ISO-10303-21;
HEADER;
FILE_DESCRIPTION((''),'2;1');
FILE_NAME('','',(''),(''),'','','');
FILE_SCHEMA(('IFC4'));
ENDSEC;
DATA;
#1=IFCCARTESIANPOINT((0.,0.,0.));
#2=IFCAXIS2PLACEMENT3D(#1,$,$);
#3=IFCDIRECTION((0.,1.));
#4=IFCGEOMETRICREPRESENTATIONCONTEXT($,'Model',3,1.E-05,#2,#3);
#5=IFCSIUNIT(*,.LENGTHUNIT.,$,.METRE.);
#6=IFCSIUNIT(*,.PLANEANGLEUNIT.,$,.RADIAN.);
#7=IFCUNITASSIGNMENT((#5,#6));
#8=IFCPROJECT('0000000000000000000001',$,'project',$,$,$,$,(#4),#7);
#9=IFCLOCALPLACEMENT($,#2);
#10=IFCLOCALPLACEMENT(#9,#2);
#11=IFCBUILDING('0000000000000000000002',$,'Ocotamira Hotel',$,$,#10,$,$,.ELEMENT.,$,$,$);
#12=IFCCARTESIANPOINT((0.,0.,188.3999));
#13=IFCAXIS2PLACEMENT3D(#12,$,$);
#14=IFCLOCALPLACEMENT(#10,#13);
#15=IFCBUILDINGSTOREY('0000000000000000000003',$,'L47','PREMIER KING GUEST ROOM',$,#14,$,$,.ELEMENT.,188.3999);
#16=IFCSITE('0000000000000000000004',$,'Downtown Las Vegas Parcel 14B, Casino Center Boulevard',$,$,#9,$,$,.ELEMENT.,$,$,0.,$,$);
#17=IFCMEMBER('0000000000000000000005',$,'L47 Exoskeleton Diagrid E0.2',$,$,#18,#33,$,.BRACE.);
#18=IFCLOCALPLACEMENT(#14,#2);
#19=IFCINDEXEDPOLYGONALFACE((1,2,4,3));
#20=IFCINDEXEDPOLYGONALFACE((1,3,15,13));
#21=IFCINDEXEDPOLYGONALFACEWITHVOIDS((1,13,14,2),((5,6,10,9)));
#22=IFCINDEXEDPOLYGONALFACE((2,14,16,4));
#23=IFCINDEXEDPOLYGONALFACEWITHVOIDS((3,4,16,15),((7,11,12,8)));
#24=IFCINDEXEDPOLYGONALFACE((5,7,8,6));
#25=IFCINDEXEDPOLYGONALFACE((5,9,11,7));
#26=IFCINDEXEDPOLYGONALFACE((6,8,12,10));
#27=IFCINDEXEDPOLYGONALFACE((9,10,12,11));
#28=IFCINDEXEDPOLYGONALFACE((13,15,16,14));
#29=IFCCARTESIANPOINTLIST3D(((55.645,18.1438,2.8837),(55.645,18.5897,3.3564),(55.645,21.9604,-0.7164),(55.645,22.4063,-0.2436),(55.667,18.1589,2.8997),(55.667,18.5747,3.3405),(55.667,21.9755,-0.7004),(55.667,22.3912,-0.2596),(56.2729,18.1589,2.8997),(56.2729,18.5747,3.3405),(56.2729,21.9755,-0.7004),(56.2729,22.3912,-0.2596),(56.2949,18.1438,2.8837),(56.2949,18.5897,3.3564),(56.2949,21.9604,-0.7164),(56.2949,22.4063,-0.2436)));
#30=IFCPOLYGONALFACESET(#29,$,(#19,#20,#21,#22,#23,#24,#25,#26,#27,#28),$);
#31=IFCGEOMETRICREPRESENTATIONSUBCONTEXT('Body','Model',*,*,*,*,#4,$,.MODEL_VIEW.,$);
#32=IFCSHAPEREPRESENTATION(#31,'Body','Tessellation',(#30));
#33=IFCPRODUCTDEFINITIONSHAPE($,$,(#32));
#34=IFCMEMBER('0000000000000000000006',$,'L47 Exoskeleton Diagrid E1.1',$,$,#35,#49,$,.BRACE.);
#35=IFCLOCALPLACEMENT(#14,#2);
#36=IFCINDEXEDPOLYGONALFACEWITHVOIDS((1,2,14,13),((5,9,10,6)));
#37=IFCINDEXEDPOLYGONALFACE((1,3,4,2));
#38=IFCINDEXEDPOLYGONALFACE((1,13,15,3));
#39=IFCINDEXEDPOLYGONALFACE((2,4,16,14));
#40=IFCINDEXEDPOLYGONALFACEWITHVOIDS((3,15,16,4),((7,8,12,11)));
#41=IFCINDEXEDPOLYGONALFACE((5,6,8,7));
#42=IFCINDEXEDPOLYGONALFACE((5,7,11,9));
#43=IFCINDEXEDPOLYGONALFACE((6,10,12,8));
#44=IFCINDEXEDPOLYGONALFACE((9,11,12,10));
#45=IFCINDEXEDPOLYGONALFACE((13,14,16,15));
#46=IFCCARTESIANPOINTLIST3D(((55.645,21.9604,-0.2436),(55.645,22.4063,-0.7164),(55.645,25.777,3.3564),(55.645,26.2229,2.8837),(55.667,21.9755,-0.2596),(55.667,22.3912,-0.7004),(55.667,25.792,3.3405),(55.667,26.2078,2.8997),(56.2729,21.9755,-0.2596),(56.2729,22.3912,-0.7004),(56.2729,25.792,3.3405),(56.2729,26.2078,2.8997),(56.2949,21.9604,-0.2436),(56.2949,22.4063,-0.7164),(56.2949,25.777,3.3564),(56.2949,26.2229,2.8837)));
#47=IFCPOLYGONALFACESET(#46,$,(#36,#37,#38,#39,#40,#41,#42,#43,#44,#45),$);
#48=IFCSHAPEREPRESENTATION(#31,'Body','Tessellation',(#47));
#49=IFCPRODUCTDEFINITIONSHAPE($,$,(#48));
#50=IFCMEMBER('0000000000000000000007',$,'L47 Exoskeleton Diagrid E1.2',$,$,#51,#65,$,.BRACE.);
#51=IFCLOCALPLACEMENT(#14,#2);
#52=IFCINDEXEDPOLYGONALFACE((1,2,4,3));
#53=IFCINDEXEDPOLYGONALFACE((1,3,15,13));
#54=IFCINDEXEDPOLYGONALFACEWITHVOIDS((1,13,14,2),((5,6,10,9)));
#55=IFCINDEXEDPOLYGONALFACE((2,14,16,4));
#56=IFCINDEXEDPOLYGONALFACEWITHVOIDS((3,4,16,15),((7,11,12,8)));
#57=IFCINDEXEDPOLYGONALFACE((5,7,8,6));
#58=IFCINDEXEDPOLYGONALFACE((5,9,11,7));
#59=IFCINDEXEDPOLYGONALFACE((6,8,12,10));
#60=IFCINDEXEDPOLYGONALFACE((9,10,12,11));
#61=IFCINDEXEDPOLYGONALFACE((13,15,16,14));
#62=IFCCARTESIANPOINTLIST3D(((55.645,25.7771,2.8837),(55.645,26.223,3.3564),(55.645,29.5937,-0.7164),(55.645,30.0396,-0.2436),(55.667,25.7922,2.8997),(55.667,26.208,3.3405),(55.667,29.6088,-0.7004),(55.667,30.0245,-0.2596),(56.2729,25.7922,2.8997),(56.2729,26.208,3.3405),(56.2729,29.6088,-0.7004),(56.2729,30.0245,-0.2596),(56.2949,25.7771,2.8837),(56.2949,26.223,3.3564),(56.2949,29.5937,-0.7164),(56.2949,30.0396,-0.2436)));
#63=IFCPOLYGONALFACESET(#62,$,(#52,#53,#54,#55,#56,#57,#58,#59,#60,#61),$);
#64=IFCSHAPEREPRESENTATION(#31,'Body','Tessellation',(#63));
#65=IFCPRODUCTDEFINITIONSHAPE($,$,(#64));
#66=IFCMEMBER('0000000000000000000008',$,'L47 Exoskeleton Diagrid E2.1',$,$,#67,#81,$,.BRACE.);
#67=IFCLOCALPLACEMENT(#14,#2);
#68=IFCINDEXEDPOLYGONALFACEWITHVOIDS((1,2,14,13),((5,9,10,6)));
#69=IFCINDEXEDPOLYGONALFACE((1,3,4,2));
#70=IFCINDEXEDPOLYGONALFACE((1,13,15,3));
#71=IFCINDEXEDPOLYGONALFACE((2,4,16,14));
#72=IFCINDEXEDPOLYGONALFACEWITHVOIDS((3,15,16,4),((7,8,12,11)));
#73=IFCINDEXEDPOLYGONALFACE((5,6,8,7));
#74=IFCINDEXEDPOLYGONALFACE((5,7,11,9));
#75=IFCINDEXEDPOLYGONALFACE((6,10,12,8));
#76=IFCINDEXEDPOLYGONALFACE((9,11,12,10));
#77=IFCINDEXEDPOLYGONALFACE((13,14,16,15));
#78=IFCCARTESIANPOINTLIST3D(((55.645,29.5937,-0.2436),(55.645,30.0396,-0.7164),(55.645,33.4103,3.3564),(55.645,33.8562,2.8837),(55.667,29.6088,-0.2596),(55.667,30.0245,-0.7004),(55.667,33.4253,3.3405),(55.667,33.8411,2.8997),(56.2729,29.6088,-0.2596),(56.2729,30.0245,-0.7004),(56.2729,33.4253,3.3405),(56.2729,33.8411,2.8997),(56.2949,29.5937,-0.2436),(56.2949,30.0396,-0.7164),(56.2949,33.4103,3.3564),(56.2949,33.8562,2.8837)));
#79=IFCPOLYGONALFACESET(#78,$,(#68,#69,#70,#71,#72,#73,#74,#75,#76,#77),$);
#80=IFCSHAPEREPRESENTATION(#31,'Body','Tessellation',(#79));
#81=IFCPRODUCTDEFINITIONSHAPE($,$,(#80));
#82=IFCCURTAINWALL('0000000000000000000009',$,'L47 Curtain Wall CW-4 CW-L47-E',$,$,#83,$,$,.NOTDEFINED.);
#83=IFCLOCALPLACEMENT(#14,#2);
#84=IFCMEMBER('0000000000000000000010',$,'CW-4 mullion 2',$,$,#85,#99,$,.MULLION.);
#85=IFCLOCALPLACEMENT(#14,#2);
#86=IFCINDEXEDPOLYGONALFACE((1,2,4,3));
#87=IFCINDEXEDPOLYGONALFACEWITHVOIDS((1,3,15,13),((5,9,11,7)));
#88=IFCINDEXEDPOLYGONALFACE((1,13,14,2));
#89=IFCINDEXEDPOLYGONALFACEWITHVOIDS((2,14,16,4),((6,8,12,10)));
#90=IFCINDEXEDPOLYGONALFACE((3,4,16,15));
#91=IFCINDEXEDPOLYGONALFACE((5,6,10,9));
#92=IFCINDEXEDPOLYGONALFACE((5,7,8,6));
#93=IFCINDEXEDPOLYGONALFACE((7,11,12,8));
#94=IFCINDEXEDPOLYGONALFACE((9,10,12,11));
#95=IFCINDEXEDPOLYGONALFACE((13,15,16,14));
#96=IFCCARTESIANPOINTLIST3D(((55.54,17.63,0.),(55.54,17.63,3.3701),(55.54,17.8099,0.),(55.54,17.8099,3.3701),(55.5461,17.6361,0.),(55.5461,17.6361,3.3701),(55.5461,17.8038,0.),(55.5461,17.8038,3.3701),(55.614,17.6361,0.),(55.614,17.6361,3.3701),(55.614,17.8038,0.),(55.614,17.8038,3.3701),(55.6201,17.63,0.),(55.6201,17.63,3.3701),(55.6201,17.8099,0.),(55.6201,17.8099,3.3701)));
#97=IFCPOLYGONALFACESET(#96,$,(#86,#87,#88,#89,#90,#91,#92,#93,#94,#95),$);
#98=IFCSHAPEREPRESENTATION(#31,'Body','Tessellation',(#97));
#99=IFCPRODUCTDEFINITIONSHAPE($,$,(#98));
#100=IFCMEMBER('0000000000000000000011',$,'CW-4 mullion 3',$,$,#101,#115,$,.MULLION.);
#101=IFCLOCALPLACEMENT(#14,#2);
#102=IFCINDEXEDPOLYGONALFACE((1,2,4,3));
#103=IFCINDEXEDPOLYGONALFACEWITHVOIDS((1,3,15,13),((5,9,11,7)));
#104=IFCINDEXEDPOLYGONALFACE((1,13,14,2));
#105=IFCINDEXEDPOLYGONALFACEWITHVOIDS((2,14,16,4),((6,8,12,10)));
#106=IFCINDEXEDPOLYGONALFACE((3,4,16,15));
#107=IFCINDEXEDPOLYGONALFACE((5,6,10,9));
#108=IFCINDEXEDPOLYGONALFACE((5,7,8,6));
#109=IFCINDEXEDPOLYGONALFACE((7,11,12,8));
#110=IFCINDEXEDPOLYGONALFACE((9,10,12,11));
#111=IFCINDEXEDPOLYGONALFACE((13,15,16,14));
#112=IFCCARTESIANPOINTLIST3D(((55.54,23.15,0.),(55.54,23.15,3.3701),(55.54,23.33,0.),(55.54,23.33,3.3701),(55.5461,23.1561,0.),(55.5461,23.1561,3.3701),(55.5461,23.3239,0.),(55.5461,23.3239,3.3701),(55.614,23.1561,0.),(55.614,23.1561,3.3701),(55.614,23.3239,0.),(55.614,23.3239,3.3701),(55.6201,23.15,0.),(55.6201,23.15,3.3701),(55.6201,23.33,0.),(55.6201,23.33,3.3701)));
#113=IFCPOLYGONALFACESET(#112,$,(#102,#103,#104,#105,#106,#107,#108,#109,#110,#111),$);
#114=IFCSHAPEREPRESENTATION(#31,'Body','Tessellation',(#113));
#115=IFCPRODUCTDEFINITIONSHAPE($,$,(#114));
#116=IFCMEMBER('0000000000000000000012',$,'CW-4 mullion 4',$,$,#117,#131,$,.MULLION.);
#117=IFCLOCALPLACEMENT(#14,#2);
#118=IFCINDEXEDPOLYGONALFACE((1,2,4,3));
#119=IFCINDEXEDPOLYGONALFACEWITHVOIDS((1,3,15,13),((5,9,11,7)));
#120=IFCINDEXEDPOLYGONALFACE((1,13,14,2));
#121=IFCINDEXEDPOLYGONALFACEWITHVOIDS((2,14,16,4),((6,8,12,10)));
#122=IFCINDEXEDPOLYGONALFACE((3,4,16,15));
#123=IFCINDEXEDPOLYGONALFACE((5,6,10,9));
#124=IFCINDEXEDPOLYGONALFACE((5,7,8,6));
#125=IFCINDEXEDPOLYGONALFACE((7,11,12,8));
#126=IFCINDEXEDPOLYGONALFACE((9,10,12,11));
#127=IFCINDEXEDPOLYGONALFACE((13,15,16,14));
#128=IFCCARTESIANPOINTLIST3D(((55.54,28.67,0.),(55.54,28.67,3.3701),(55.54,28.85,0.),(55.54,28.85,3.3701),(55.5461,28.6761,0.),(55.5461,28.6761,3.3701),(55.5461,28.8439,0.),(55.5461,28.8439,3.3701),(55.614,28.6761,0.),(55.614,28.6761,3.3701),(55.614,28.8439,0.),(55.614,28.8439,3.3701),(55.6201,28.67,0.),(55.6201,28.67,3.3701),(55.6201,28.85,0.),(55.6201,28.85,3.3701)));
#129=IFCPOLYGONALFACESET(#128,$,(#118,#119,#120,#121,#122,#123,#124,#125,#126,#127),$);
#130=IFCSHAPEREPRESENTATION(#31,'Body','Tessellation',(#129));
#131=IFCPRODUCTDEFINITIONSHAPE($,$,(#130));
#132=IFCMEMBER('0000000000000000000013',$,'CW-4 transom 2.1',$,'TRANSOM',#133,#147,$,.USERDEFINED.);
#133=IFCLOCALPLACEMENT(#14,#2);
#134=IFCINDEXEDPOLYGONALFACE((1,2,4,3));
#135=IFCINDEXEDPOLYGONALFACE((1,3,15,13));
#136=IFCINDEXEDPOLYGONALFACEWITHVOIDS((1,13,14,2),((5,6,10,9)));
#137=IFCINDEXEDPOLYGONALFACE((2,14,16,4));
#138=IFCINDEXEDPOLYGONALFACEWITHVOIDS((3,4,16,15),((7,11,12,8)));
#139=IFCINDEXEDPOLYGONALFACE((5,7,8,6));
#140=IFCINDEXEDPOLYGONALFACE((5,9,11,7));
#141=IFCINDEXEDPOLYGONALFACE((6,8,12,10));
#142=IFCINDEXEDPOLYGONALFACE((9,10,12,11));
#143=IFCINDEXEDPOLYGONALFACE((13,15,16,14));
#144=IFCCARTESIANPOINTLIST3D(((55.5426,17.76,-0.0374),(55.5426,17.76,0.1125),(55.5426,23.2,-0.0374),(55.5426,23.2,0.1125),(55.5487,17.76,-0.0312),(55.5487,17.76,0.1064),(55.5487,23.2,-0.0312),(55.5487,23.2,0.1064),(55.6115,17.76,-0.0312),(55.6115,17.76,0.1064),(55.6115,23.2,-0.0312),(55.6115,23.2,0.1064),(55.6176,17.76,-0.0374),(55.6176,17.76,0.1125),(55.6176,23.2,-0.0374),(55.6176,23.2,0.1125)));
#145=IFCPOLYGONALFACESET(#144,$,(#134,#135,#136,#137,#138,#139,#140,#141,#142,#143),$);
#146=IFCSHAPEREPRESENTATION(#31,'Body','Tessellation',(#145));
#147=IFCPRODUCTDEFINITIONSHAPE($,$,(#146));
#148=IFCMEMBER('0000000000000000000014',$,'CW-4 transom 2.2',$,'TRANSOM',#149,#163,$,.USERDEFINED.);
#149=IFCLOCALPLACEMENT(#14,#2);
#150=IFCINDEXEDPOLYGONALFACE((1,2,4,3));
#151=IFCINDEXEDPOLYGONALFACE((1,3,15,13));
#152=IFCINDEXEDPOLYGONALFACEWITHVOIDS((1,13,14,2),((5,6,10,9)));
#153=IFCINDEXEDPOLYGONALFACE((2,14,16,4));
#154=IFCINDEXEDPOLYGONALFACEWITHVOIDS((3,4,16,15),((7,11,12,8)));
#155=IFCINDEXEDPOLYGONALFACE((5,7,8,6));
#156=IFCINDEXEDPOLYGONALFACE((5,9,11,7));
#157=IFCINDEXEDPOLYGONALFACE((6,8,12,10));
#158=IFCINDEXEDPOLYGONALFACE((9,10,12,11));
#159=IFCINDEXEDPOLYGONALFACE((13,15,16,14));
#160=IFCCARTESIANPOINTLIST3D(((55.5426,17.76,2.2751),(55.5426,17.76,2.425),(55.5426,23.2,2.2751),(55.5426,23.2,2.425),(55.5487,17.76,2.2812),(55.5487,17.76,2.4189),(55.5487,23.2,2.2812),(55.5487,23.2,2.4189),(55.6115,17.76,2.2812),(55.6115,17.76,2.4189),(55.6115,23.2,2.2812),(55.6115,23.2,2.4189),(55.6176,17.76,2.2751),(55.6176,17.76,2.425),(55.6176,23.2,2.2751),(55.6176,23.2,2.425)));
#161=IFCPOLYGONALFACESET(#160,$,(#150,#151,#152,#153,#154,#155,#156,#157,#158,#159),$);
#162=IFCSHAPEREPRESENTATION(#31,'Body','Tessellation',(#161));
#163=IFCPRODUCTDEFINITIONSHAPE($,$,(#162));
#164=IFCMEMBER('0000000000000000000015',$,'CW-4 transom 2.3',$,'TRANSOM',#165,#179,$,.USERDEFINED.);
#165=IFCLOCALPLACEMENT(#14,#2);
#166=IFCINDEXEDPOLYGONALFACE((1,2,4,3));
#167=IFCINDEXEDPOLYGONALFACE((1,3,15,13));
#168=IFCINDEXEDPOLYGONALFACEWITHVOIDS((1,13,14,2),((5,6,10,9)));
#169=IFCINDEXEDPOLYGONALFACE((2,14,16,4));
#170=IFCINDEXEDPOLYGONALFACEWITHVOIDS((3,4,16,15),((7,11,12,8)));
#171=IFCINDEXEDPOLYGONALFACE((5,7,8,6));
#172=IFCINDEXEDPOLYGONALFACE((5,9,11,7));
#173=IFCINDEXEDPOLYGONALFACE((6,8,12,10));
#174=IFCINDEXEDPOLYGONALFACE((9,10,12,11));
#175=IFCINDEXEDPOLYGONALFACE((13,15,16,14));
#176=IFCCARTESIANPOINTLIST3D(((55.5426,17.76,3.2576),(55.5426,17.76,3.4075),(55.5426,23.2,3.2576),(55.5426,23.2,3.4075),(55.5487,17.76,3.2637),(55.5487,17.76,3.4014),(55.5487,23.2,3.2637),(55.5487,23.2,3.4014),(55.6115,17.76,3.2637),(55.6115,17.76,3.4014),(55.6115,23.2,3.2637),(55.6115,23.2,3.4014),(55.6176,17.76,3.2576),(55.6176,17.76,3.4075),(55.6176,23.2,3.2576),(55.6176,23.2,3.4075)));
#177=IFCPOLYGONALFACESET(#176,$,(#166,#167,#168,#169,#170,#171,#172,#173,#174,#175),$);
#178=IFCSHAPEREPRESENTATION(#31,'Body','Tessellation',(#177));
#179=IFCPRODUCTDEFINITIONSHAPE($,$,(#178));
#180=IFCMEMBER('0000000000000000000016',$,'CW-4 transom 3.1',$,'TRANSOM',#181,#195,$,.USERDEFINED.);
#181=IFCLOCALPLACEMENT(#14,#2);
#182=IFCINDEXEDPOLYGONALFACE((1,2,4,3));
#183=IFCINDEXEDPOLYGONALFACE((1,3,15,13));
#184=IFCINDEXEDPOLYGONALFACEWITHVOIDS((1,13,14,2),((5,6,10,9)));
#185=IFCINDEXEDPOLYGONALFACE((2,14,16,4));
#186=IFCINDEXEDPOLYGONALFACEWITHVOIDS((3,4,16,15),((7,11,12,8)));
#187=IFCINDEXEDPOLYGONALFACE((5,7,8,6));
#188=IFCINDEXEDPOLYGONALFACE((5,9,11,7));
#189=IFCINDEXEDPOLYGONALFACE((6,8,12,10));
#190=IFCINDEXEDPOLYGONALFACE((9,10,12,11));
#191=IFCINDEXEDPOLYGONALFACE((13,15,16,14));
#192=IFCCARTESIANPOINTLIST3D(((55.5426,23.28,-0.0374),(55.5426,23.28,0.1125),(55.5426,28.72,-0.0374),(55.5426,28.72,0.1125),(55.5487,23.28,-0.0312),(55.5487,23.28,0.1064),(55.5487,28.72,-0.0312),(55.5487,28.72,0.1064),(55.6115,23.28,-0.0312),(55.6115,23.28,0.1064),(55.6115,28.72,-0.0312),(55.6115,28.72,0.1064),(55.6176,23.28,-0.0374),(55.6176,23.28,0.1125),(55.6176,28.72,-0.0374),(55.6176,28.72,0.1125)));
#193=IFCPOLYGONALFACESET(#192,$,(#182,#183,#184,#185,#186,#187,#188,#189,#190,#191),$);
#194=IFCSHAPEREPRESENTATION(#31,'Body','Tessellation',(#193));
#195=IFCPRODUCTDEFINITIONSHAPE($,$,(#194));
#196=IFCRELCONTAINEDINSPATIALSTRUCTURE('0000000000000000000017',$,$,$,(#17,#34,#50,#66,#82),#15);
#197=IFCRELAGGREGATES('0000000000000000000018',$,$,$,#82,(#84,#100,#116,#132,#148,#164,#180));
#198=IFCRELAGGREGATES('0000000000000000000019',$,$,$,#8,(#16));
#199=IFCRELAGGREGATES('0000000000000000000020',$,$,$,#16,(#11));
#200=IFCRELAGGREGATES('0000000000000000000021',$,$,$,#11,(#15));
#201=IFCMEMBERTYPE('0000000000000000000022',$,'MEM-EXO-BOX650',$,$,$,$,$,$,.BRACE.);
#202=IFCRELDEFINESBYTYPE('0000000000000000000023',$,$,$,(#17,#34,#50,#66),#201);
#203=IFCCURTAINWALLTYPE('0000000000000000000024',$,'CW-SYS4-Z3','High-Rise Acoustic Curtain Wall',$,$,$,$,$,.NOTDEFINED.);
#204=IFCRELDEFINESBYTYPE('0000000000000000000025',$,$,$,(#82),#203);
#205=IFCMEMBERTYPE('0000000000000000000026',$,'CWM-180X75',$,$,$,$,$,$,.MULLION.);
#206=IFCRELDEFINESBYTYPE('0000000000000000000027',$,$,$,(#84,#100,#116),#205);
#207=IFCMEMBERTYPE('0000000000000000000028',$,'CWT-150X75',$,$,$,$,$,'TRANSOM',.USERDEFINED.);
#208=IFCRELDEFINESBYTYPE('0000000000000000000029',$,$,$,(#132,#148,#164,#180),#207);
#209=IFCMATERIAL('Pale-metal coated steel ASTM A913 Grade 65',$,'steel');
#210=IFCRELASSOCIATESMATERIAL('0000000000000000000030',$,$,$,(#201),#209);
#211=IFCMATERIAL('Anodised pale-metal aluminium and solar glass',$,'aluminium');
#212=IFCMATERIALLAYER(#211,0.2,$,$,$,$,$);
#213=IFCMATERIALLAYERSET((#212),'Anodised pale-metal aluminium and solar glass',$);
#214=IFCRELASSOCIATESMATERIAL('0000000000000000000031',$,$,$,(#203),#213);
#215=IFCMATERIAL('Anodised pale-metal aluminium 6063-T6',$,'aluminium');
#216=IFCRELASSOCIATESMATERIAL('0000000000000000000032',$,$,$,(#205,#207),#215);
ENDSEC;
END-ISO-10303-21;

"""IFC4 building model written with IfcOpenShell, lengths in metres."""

from ifc_helpers import new_model, si_unit, direction, frame, origin, origin_2d, place, context, subcontext, project, spatial, hollow_rectangle, extrude, source, transform, mapped, material, layer, layer_set, material_profile, profile_set, type_object, element, aggregate, save


model = new_model("IFC4")

# Units and contexts
model_context = context("Model", 3, precision=1e-05, world=origin(), true_north=direction((0.0, 1.0)))
body_context = subcontext(model_context, "Body", "Model", "MODEL_VIEW")
ifc_project = project(units=[si_unit("LENGTHUNIT", "METRE"), si_unit("PLANEANGLEUNIT", "RADIAN")], contexts=[model_context])

# Site, building, storey
site_placement = place(None, origin())
site = spatial("IfcSite", under=ifc_project, at=site_placement, Name="Downtown Las Vegas Parcel 14B, Casino Center Boulevard", CompositionType="ELEMENT", RefElevation=0.0)
building_placement = place(site_placement, origin())
building = spatial("IfcBuilding", under=site, at=building_placement, Name="Ocotamira Hotel", CompositionType="ELEMENT")
storey_placement = place(building_placement, frame((0.0, 0.0, 188.3999)))
storey = spatial("IfcBuildingStorey", under=building, at=storey_placement, Name="L47", Description="PREMIER KING GUEST ROOM", CompositionType="ELEMENT", Elevation=188.3999)

# Members
ifc_material_1 = material(Name="Pale-metal coated steel ASTM A913 Grade 65", Category="steel")
ifc_material_profile_1 = material_profile(ifc_material_1, hollow_rectangle(XDim=0.6499, YDim=0.6499, WallThickness=0.022, at=origin_2d()), Name="BOX650X650X22")
ifc_profile_set_1 = profile_set([ifc_material_profile_1], Name="Pale-metal coated steel ASTM A913 Grade 65")
member_type_1 = type_object("IfcMemberType", Name="MEM-EXO-BOX650", PredefinedType="BRACE", material=ifc_profile_set_1)
shared_shape_1 = source(origin(), body_context, "Body", "SweptSolid", [
    extrude(hollow_rectangle(XDim=0.6499, YDim=0.6499, WallThickness=0.022, at=origin_2d()), origin(), (0.0, 0.0, 1.0), 5.2466),
])
for number, where, z_axis, x_axis, name in (
    (1, (55.97, 22.1833, -0.48), (0.0, -0.727443, 0.686168), (1.0, 0.0, 0.0), "L47 Exoskeleton Diagrid E0.2"),
    (2, (55.97, 22.1833, -0.48), (0.0, 0.727443, 0.686168), (-1.0, 0.0, 0.0), "L47 Exoskeleton Diagrid E1.1"),
    (3, (55.97, 29.8167, -0.48), (0.0, -0.727443, 0.686168), (1.0, 0.0, 0.0), "L47 Exoskeleton Diagrid E1.2"),
    (4, (55.97, 29.8167, -0.48), (0.0, 0.727443, 0.686168), (-1.0, 0.0, 0.0), "L47 Exoskeleton Diagrid E2.1"),
):
    element("IfcMember", number, at=place(storey_placement, frame(where, z_axis=z_axis, x_axis=x_axis)), inside=storey, type_object=member_type_1, Name=name, PredefinedType="BRACE", context=body_context, shape_type="MappedRepresentation", body=[
        mapped(shared_shape_1, transform((0.0, 0.0, 0.0), scale=1.0)),
    ])

# Curtain wall, members
ifc_material_2 = material(Name="Anodised pale-metal aluminium and solar glass", Category="aluminium")
ifc_layer_1 = layer(ifc_material_2, 0.2)
ifc_layer_set_1 = layer_set([ifc_layer_1], Name="Anodised pale-metal aluminium and solar glass")
curtain_wall_type = type_object("IfcCurtainWallType", Name="CW-SYS4-Z3", Description="High-Rise Acoustic Curtain Wall", PredefinedType="NOTDEFINED", material=ifc_layer_set_1)
curtain_wall_placement = place(storey_placement, origin())
curtain_wall = element("IfcCurtainWall", 5, at=curtain_wall_placement, inside=storey, type_object=curtain_wall_type, Name="L47 Curtain Wall CW-4 CW-L47-E", PredefinedType="NOTDEFINED")
ifc_material_3 = material(Name="Anodised pale-metal aluminium 6063-T6", Category="aluminium")
ifc_material_profile_2 = material_profile(ifc_material_3, hollow_rectangle(XDim=0.0801, YDim=0.1799, WallThickness=0.0061, at=origin_2d()), Name="HSS180X80X6")
ifc_profile_set_2 = profile_set([ifc_material_profile_2], Name="Anodised pale-metal aluminium 6063-T6")
member_type_2 = type_object("IfcMemberType", Name="CWM-180X75", PredefinedType="MULLION", material=ifc_profile_set_2)
shared_shape_2 = source(origin(), body_context, "Body", "SweptSolid", [
    extrude(hollow_rectangle(XDim=0.0801, YDim=0.1799, WallThickness=0.0061, at=origin_2d()), origin(), (0.0, 0.0, 1.0), 3.3701),
])
member_1_placement = place(storey_placement, frame((55.5801, 17.72, 0.0), z_axis=(0.0, 0.0, 1.0), x_axis=(-1.0, 0.0, 0.0)))
member_1 = element("IfcMember", 6, at=member_1_placement, type_object=member_type_2, Name="CW-4 mullion 2", PredefinedType="MULLION", context=body_context, shape_type="MappedRepresentation", body=[
    mapped(shared_shape_2, transform((0.0, 0.0, 0.0), scale=1.0)),
])
member_2_placement = place(storey_placement, frame((55.5801, 23.24, 0.0), z_axis=(0.0, 0.0, 1.0), x_axis=(-1.0, 0.0, 0.0)))
member_2 = element("IfcMember", 7, at=member_2_placement, type_object=member_type_2, Name="CW-4 mullion 3", PredefinedType="MULLION", context=body_context, shape_type="MappedRepresentation", body=[
    mapped(shared_shape_2, transform((0.0, 0.0, 0.0), scale=1.0)),
])
member_3_placement = place(storey_placement, frame((55.5801, 28.76, 0.0), z_axis=(0.0, 0.0, 1.0), x_axis=(-1.0, 0.0, 0.0)))
member_3 = element("IfcMember", 8, at=member_3_placement, type_object=member_type_2, Name="CW-4 mullion 4", PredefinedType="MULLION", context=body_context, shape_type="MappedRepresentation", body=[
    mapped(shared_shape_2, transform((0.0, 0.0, 0.0), scale=1.0)),
])
ifc_material_profile_3 = material_profile(ifc_material_3, hollow_rectangle(XDim=0.075, YDim=0.1499, WallThickness=0.0061, at=origin_2d()), Name="HSS150X75X6")
ifc_profile_set_3 = profile_set([ifc_material_profile_3], Name="Anodised pale-metal aluminium 6063-T6")
member_type_3 = type_object("IfcMemberType", Name="CWT-150X75", ElementType="TRANSOM", PredefinedType="USERDEFINED", material=ifc_profile_set_3)
shared_shape_3 = source(origin(), body_context, "Body", "SweptSolid", [
    extrude(hollow_rectangle(XDim=0.075, YDim=0.1499, WallThickness=0.0061, at=origin_2d()), origin(), (0.0, 0.0, 1.0), 5.4399),
])
member_4_placement = place(storey_placement, frame((55.5801, 17.76, 0.0376), z_axis=(0.0, 1.0, 0.0), x_axis=(-1.0, 0.0, 0.0)))
member_4 = element("IfcMember", 9, at=member_4_placement, type_object=member_type_3, Name="CW-4 transom 2.1", ObjectType="TRANSOM", PredefinedType="USERDEFINED", context=body_context, shape_type="MappedRepresentation", body=[
    mapped(shared_shape_3, transform((0.0, 0.0, 0.0), scale=1.0)),
])
member_5_placement = place(storey_placement, frame((55.5801, 17.76, 2.3501), z_axis=(0.0, 1.0, 0.0), x_axis=(-1.0, 0.0, 0.0)))
member_5 = element("IfcMember", 10, at=member_5_placement, type_object=member_type_3, Name="CW-4 transom 2.2", ObjectType="TRANSOM", PredefinedType="USERDEFINED", context=body_context, shape_type="MappedRepresentation", body=[
    mapped(shared_shape_3, transform((0.0, 0.0, 0.0), scale=1.0)),
])
member_6_placement = place(storey_placement, frame((55.5801, 17.76, 3.3325), z_axis=(0.0, 1.0, 0.0), x_axis=(-1.0, 0.0, 0.0)))
member_6 = element("IfcMember", 11, at=member_6_placement, type_object=member_type_3, Name="CW-4 transom 2.3", ObjectType="TRANSOM", PredefinedType="USERDEFINED", context=body_context, shape_type="MappedRepresentation", body=[
    mapped(shared_shape_3, transform((0.0, 0.0, 0.0), scale=1.0)),
])
member_7_placement = place(storey_placement, frame((55.5801, 23.28, 0.0376), z_axis=(0.0, 1.0, 0.0), x_axis=(-1.0, 0.0, 0.0)))
member_7 = element("IfcMember", 12, at=member_7_placement, type_object=member_type_3, Name="CW-4 transom 3.1", ObjectType="TRANSOM", PredefinedType="USERDEFINED", context=body_context, shape_type="MappedRepresentation", body=[
    mapped(shared_shape_3, transform((0.0, 0.0, 0.0), scale=1.0)),
])

aggregate(curtain_wall, [member_1, member_2, member_3, member_4, member_5, member_6, member_7])

save(model, "model.ifc")
